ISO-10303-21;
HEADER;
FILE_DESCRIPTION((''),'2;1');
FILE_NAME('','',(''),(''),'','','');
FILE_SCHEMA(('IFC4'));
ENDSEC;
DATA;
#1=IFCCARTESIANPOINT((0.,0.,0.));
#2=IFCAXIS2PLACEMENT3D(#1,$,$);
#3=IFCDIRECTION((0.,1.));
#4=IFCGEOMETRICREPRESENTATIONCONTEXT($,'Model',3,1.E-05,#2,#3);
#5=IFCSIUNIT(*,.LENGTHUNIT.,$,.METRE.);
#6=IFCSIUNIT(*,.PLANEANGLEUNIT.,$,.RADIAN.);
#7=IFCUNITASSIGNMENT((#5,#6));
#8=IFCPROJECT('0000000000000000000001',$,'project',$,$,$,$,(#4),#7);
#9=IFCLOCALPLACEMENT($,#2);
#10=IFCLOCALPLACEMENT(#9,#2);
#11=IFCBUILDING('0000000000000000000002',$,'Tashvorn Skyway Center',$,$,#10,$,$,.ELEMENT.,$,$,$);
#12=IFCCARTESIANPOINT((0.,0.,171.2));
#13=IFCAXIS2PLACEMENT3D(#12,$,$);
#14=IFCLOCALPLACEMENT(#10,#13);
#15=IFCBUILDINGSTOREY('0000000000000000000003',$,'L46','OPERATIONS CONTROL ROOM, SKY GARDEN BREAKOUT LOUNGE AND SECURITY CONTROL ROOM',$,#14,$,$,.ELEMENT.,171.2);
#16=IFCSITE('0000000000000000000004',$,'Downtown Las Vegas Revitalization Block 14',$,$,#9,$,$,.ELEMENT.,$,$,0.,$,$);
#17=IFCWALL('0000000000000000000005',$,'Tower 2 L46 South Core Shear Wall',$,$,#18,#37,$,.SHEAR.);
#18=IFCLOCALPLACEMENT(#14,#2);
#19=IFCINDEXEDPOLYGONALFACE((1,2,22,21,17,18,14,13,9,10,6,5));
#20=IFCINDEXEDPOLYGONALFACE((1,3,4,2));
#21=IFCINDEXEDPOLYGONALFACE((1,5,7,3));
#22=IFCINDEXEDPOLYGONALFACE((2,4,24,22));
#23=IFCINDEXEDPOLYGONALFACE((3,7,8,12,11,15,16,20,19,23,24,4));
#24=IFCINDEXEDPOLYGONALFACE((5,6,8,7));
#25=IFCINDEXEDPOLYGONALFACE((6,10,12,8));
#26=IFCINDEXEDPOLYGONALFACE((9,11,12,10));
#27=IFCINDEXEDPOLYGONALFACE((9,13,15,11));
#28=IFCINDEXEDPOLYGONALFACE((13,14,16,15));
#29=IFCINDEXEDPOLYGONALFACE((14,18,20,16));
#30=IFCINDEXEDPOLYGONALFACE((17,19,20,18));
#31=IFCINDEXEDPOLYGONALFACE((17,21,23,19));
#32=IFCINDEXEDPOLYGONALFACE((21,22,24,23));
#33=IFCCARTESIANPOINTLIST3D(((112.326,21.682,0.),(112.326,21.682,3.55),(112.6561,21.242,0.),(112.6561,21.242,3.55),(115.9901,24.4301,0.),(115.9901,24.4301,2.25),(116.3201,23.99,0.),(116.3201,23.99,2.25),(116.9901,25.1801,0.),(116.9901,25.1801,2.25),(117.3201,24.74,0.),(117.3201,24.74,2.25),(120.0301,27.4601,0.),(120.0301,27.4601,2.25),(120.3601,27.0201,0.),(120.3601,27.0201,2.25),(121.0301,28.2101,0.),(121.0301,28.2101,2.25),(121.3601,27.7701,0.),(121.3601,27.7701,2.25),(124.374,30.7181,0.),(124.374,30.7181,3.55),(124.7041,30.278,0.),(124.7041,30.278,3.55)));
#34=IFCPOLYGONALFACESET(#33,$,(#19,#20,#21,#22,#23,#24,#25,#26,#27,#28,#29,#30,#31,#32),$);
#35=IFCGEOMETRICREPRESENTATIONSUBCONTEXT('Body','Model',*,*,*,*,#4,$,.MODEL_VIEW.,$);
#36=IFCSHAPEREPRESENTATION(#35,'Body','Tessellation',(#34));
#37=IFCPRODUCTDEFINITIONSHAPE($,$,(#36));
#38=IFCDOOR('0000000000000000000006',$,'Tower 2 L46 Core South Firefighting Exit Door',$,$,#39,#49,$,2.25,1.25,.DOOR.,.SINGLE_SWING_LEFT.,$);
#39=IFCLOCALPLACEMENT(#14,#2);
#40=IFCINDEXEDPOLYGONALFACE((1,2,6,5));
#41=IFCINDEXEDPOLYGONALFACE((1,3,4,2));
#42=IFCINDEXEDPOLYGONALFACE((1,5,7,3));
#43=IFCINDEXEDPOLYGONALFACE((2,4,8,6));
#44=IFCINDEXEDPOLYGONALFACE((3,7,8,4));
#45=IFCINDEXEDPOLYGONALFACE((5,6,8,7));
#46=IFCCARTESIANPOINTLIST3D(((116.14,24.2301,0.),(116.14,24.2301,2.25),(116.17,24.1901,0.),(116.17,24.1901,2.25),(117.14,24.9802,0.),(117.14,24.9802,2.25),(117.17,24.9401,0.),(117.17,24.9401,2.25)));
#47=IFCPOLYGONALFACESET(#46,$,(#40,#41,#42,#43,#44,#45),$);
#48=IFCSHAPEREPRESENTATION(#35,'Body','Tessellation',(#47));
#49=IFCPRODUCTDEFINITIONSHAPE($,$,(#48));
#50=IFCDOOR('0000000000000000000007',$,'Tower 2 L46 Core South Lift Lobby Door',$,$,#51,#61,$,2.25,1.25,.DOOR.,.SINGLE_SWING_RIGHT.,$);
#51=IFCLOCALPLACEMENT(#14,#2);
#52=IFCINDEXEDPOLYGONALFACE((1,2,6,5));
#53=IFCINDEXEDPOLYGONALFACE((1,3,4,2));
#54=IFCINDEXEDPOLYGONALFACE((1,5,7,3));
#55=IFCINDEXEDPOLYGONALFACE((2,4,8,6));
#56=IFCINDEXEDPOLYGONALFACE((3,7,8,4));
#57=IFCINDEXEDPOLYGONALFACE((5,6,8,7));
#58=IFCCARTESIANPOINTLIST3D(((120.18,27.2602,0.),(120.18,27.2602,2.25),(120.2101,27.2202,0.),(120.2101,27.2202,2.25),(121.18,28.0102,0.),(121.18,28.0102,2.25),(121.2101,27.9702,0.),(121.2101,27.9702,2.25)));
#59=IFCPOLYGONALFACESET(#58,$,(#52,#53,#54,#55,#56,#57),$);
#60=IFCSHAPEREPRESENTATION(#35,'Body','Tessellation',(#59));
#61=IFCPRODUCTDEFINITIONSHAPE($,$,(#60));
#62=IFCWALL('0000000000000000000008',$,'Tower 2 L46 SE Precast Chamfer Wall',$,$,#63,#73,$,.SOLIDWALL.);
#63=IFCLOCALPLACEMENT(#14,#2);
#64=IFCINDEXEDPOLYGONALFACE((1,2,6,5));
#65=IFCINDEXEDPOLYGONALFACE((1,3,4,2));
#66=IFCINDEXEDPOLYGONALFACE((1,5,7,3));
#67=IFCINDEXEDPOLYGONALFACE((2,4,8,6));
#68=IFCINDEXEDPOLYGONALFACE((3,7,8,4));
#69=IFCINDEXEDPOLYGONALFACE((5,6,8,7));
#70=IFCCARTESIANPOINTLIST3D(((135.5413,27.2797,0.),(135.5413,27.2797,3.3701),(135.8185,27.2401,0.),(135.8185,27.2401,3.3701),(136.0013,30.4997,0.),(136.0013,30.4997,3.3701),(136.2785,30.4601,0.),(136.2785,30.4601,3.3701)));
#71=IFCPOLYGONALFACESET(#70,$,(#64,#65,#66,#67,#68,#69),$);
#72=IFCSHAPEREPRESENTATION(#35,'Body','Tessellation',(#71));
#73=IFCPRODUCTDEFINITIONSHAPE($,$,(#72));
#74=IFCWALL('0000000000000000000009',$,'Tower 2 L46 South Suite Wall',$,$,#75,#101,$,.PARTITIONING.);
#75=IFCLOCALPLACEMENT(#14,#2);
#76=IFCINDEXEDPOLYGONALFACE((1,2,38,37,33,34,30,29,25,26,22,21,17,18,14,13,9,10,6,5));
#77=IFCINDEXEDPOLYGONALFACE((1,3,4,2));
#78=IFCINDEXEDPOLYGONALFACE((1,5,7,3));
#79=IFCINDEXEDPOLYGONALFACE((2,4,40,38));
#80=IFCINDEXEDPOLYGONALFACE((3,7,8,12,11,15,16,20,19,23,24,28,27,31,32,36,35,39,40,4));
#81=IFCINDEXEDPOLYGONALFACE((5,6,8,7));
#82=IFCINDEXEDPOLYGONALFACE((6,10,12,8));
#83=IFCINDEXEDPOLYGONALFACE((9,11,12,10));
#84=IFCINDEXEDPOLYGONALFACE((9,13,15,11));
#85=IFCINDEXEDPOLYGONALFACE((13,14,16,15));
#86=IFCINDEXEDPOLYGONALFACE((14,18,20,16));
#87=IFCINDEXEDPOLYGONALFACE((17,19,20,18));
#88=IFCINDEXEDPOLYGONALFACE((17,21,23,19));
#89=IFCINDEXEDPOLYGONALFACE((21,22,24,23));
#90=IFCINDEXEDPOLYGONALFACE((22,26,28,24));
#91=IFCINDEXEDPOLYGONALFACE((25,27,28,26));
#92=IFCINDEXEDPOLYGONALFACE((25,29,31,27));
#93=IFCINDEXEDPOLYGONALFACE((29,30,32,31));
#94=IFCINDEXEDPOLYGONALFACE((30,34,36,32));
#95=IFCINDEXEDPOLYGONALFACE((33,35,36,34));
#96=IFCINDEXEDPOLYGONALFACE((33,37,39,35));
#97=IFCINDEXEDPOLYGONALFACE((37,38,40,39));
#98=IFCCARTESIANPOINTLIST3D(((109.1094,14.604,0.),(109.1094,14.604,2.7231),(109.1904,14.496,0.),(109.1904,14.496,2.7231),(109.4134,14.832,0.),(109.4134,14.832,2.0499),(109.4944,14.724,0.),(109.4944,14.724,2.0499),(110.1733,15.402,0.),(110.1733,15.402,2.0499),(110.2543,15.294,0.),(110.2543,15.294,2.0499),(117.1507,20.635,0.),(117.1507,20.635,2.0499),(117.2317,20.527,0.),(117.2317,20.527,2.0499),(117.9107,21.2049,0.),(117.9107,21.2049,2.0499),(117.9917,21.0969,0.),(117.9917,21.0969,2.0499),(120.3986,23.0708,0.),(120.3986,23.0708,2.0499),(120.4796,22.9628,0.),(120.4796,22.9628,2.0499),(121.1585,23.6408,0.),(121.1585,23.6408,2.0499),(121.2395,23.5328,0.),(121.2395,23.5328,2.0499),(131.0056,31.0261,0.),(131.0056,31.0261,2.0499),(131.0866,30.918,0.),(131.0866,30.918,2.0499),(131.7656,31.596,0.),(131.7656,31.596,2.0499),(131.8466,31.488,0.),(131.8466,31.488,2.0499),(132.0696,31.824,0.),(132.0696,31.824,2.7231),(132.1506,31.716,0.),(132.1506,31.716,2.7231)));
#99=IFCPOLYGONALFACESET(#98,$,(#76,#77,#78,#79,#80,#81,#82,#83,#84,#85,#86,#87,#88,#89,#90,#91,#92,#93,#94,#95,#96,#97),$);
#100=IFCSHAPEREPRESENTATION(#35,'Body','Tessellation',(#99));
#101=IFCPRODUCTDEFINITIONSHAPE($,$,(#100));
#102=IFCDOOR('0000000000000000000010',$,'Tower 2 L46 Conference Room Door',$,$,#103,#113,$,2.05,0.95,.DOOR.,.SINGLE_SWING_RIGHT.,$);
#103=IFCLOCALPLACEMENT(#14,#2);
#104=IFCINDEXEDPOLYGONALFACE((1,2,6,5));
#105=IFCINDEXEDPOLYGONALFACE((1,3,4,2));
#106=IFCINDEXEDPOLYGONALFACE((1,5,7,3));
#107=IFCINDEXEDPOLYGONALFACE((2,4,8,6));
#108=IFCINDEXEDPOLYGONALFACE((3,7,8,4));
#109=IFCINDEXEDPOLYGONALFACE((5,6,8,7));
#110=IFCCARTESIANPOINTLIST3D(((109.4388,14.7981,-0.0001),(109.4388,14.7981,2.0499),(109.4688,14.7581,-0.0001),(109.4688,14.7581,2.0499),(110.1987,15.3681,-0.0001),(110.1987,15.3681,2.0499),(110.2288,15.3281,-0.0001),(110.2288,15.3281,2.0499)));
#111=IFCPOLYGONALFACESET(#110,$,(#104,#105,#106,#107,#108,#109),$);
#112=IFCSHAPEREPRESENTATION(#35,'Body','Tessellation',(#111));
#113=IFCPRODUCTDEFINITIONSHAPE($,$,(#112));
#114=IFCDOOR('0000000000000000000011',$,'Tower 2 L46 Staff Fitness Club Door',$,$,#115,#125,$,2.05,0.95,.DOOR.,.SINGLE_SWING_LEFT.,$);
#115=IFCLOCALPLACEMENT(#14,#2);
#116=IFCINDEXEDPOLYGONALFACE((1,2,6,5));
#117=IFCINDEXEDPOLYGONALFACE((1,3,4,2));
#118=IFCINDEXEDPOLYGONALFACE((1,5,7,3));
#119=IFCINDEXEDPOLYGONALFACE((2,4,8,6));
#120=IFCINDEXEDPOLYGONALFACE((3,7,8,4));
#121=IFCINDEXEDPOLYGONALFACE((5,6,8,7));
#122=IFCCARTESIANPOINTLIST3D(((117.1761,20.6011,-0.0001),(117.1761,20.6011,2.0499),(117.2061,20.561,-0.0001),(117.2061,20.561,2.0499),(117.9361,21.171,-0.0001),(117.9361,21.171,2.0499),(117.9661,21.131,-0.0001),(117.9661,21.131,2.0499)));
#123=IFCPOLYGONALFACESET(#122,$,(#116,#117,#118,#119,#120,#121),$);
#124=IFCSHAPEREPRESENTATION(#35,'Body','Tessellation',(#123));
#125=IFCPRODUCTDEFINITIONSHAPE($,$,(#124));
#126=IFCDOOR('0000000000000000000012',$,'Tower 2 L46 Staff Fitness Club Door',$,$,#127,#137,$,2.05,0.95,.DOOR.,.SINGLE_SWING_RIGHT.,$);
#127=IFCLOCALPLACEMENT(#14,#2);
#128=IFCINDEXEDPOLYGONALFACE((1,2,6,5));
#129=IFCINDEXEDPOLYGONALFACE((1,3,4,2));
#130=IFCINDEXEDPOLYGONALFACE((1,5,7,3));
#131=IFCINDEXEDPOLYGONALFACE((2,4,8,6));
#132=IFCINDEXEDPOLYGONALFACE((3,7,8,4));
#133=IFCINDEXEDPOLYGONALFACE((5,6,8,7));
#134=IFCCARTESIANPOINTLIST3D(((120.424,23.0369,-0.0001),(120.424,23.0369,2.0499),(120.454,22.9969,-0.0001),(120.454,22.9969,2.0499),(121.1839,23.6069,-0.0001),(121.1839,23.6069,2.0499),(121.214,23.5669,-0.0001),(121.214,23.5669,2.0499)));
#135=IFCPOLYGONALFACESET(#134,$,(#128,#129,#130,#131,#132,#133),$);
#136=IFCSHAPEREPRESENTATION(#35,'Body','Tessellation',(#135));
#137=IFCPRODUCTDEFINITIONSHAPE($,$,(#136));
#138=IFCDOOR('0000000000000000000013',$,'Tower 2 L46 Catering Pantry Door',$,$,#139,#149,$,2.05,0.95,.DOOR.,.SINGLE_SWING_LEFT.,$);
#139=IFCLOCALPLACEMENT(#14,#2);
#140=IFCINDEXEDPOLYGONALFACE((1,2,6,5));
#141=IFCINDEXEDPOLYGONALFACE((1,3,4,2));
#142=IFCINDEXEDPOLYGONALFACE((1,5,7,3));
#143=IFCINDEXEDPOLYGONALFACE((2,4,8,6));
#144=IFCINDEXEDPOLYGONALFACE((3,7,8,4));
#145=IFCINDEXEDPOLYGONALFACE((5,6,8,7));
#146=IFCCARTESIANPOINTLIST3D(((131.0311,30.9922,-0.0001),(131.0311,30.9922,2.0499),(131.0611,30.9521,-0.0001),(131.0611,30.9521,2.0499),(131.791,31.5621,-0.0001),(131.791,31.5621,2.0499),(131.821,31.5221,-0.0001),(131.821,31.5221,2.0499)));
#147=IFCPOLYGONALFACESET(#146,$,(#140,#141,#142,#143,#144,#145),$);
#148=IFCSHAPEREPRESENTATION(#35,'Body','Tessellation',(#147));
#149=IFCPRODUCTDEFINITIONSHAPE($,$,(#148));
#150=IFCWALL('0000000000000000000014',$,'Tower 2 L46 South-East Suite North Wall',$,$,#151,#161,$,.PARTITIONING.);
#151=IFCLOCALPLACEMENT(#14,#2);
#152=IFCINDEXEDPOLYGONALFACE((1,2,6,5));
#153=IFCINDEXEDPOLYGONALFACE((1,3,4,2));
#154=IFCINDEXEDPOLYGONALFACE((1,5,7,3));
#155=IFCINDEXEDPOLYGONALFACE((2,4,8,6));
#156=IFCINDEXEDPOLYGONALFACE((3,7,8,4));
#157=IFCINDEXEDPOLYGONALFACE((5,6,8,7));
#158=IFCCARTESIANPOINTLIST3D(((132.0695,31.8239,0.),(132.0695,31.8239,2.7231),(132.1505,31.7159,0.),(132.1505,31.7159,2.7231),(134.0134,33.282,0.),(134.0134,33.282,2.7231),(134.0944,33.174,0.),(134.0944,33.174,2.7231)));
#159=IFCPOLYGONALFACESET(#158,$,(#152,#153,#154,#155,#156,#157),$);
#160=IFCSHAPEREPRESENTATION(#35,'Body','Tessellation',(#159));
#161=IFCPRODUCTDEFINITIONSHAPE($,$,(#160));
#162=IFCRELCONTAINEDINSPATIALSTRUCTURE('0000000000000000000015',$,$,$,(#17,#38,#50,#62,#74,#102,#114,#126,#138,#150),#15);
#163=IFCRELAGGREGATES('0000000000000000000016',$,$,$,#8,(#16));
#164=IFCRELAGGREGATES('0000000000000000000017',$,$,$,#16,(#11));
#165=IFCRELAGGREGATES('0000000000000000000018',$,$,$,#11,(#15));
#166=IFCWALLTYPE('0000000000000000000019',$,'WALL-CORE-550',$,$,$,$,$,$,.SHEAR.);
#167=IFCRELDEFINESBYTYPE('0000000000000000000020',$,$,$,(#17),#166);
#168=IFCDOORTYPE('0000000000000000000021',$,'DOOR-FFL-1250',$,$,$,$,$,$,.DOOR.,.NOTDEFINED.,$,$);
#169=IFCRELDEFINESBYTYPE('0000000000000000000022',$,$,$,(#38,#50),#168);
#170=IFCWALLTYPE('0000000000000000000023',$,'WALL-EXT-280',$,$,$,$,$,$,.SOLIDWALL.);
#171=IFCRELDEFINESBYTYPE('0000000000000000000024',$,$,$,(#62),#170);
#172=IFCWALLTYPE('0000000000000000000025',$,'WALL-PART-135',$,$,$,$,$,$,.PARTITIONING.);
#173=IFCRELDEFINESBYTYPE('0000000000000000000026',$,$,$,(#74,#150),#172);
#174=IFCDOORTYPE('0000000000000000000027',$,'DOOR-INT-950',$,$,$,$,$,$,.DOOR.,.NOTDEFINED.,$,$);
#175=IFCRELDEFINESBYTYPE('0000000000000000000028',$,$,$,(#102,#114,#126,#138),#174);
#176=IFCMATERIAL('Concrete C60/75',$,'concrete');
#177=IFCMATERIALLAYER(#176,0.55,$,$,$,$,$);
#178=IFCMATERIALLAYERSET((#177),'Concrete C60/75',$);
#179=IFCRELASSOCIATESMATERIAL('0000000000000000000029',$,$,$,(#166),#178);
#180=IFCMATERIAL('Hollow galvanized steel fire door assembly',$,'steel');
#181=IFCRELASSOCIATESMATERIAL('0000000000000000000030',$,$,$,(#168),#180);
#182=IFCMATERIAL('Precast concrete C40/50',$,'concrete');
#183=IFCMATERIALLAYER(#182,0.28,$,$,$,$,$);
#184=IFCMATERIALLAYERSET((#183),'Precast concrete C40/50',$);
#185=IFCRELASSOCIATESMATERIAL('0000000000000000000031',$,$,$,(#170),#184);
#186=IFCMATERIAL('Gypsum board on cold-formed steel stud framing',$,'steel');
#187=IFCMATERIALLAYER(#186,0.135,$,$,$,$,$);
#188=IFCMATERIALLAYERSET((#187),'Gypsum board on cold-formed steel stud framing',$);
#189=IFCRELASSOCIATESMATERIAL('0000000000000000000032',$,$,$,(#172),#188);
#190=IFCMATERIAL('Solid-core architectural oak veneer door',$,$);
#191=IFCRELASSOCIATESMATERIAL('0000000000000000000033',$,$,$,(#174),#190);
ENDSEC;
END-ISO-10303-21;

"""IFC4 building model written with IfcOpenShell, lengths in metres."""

from ifc_helpers import new_model, si_unit, direction, frame, frame_2d, origin, place, context, subcontext, project, spatial, rectangle, extrude, material, layer, layer_set, type_object, element, fill, save


model = new_model("IFC4")

# Units and contexts
model_context = context("Model", 3, precision=1e-05, world=origin(), true_north=direction((0.0, 1.0)))
body_context = subcontext(model_context, "Body", "Model", "MODEL_VIEW")
ifc_project = project(units=[si_unit("LENGTHUNIT", "METRE"), si_unit("PLANEANGLEUNIT", "RADIAN")], contexts=[model_context])

# Site, building, storey
site_placement = place(None, origin())
site = spatial("IfcSite", under=ifc_project, at=site_placement, Name="Downtown Las Vegas Revitalization Block 14", CompositionType="ELEMENT", RefElevation=0.0)
building_placement = place(site_placement, origin())
building = spatial("IfcBuilding", under=site, at=building_placement, Name="Tashvorn Skyway Center", CompositionType="ELEMENT")
storey_placement = place(building_placement, frame((0.0, 0.0, 171.2)))
storey = spatial("IfcBuildingStorey", under=building, at=storey_placement, Name="L46", Description="OPERATIONS CONTROL ROOM, SKY GARDEN BREAKOUT LOUNGE AND SECURITY CONTROL ROOM", CompositionType="ELEMENT", Elevation=171.2)

# Wall, openings, doors
ifc_material_1 = material(Name="Concrete C60/75", Category="concrete")
ifc_layer_1 = layer(ifc_material_1, 0.55)
ifc_layer_set_1 = layer_set([ifc_layer_1], Name="Concrete C60/75")
wall_type_1 = type_object("IfcWallType", Name="WALL-CORE-550", PredefinedType="SHEAR", material=ifc_layer_set_1)
wall_1_placement = place(storey_placement, frame((124.5391, 30.498, 0.0), z_axis=(0.0, 0.0, 1.0), x_axis=(-0.799998, -0.600003, 0.0)))
wall_1 = element("IfcWall", 1, at=wall_1_placement, inside=storey, type_object=wall_type_1, Name="Tower 2 L46 South Core Shear Wall", PredefinedType="SHEAR", context=body_context, shape_type="SweptSolid", body=[
    extrude(rectangle(XDim=15.0601, YDim=0.55, at=frame_2d((7.53, 0.0))), origin(), (0.0, 0.0, 1.0), 3.55),
])
opening_1_placement = place(wall_1_placement, frame((9.23, 0.0, 0.0)))
opening_1 = element("IfcOpeningElement", 2, at=opening_1_placement, cuts=wall_1, PredefinedType="OPENING", context=body_context, shape_type="SweptSolid", body=[
    extrude(rectangle(XDim=1.25, YDim=2.25, at=frame_2d((0.625, 1.125))), frame((0.0, 0.2849, 0.0), z_axis=(0.0, -1.0, 0.0), x_axis=(1.0, 0.0, 0.0)), (0.0, 0.0, 1.0), 0.5701),
])
opening_2_placement = place(wall_1_placement, frame((4.1799, 0.0, 0.0)))
opening_2 = element("IfcOpeningElement", 3, at=opening_2_placement, cuts=wall_1, PredefinedType="OPENING", context=body_context, shape_type="SweptSolid", body=[
    extrude(rectangle(XDim=1.25, YDim=2.25, at=frame_2d((0.625, 1.125))), frame((0.0, 0.2849, 0.0), z_axis=(0.0, -1.0, 0.0), x_axis=(1.0, 0.0, 0.0)), (0.0, 0.0, 1.0), 0.5701),
])
ifc_material_2 = material(Name="Hollow galvanized steel fire door assembly", Category="steel")
door_type_1 = type_object("IfcDoorType", Name="DOOR-FFL-1250", OperationType="NOTDEFINED", PredefinedType="DOOR", material=ifc_material_2)
door_1_placement = place(opening_1_placement, origin())
door_1 = element("IfcDoor", 4, at=door_1_placement, inside=storey, type_object=door_type_1, Name="Tower 2 L46 Core South Firefighting Exit Door", OperationType="SINGLE_SWING_LEFT", OverallHeight=2.25, OverallWidth=1.25, PredefinedType="DOOR", context=body_context, shape_type="SweptSolid", body=[
    extrude(rectangle(XDim=1.25, YDim=2.25, at=frame_2d((0.625, 1.125))), frame((0.0, 0.0249, 0.0), z_axis=(0.0, -1.0, 0.0), x_axis=(1.0, 0.0, 0.0)), (0.0, 0.0, 1.0), 0.05),
])
fill(opening_1, door_1)
door_2_placement = place(opening_2_placement, origin())
door_2 = element("IfcDoor", 5, at=door_2_placement, inside=storey, type_object=door_type_1, Name="Tower 2 L46 Core South Lift Lobby Door", OperationType="SINGLE_SWING_RIGHT", OverallHeight=2.25, OverallWidth=1.25, PredefinedType="DOOR", context=body_context, shape_type="SweptSolid", body=[
    extrude(rectangle(XDim=1.25, YDim=2.25, at=frame_2d((0.625, 1.125))), frame((0.0, 0.0249, 0.0), z_axis=(0.0, -1.0, 0.0), x_axis=(1.0, 0.0, 0.0)), (0.0, 0.0, 1.0), 0.05),
])
fill(opening_2, door_2)

# Wall
ifc_material_3 = material(Name="Precast concrete C40/50", Category="concrete")
ifc_layer_2 = layer(ifc_material_3, 0.28)
ifc_layer_set_2 = layer_set([ifc_layer_2], Name="Precast concrete C40/50")
wall_type_2 = type_object("IfcWallType", Name="WALL-EXT-280", PredefinedType="SOLIDWALL", material=ifc_layer_set_2)
wall_2_placement = place(storey_placement, frame((136.1399, 30.48, 0.0), z_axis=(0.0, 0.0, 1.0), x_axis=(-0.141411, -0.989951, 0.0)))
element("IfcWall", 6, at=wall_2_placement, inside=storey, type_object=wall_type_2, Name="Tower 2 L46 SE Precast Chamfer Wall", PredefinedType="SOLIDWALL", context=body_context, shape_type="SweptSolid", body=[
    extrude(rectangle(XDim=3.2527, YDim=0.28, at=frame_2d((1.6265, 0.0))), origin(), (0.0, 0.0, 1.0), 3.3701),
])

# Wall, openings, doors
ifc_material_4 = material(Name="Gypsum board on cold-formed steel stud framing", Category="steel")
ifc_layer_3 = layer(ifc_material_4, 0.135)
ifc_layer_set_3 = layer_set([ifc_layer_3], Name="Gypsum board on cold-formed steel stud framing")
wall_type_3 = type_object("IfcWallType", Name="WALL-PART-135", PredefinedType="PARTITIONING", material=ifc_layer_set_3)
wall_3_placement = place(storey_placement, frame((132.1101, 31.77, 0.0), z_axis=(0.0, 0.0, 1.0), x_axis=(-0.800003, -0.599996, 0.0)))
wall_3 = element("IfcWall", 7, at=wall_3_placement, inside=storey, type_object=wall_type_3, Name="Tower 2 L46 South Suite Wall", PredefinedType="PARTITIONING", context=body_context, shape_type="SweptSolid", body=[
    extrude(rectangle(XDim=28.7002, YDim=0.135, at=frame_2d((14.3501, 0.0))), origin(), (0.0, 0.0, 1.0), 2.7231),
])
opening_3_placement = place(wall_3_placement, frame((27.3701, 0.0, 0.0)))
opening_3 = element("IfcOpeningElement", 8, at=opening_3_placement, cuts=wall_3, PredefinedType="OPENING", context=body_context, shape_type="SweptSolid", body=[
    extrude(rectangle(XDim=0.95, YDim=2.05, at=frame_2d((0.4751, 1.0249))), frame((0.0, 0.0774, 0.0), z_axis=(0.0, -1.0, 0.0), x_axis=(1.0, 0.0, 0.0)), (0.0, 0.0, 1.0), 0.155),
])
opening_4_placement = place(wall_3_placement, frame((17.6985, 0.0, 0.0)))
opening_4 = element("IfcOpeningElement", 9, at=opening_4_placement, cuts=wall_3, PredefinedType="OPENING", context=body_context, shape_type="SweptSolid", body=[
    extrude(rectangle(XDim=0.95, YDim=2.05, at=frame_2d((0.4751, 1.0249))), frame((0.0, 0.0774, 0.0), z_axis=(0.0, -1.0, 0.0), x_axis=(1.0, 0.0, 0.0)), (0.0, 0.0, 1.0), 0.155),
])
opening_5_placement = place(wall_3_placement, frame((13.6387, 0.0, 0.0)))
opening_5 = element("IfcOpeningElement", 10, at=opening_5_placement, cuts=wall_3, PredefinedType="OPENING", context=body_context, shape_type="SweptSolid", body=[
    extrude(rectangle(XDim=0.95, YDim=2.05, at=frame_2d((0.4751, 1.0249))), frame((0.0, 0.0774, 0.0), z_axis=(0.0, -1.0, 0.0), x_axis=(1.0, 0.0, 0.0)), (0.0, 0.0, 1.0), 0.155),
])
opening_6_placement = place(wall_3_placement, frame((0.3799, 0.0, 0.0)))
opening_6 = element("IfcOpeningElement", 11, at=opening_6_placement, cuts=wall_3, PredefinedType="OPENING", context=body_context, shape_type="SweptSolid", body=[
    extrude(rectangle(XDim=0.95, YDim=2.05, at=frame_2d((0.4751, 1.0249))), frame((0.0, 0.0774, 0.0), z_axis=(0.0, -1.0, 0.0), x_axis=(1.0, 0.0, 0.0)), (0.0, 0.0, 1.0), 0.155),
])
ifc_material_5 = material(Name="Solid-core architectural oak veneer door")
door_type_2 = type_object("IfcDoorType", Name="DOOR-INT-950", OperationType="NOTDEFINED", PredefinedType="DOOR", material=ifc_material_5)
door_3_placement = place(opening_3_placement, origin())
door_3 = element("IfcDoor", 12, at=door_3_placement, inside=storey, type_object=door_type_2, Name="Tower 2 L46 Conference Room Door", OperationType="SINGLE_SWING_RIGHT", OverallHeight=2.05, OverallWidth=0.95, PredefinedType="DOOR", context=body_context, shape_type="SweptSolid", body=[
    extrude(rectangle(XDim=0.95, YDim=2.05, at=frame_2d((0.4751, 1.0249))), frame((0.0, 0.0249, 0.0), z_axis=(0.0, -1.0, 0.0), x_axis=(1.0, 0.0, 0.0)), (0.0, 0.0, 1.0), 0.05),
])
fill(opening_3, door_3)
door_4_placement = place(opening_4_placement, origin())
door_4 = element("IfcDoor", 13, at=door_4_placement, inside=storey, type_object=door_type_2, Name="Tower 2 L46 Staff Fitness Club Door", OperationType="SINGLE_SWING_LEFT", OverallHeight=2.05, OverallWidth=0.95, PredefinedType="DOOR", context=body_context, shape_type="SweptSolid", body=[
    extrude(rectangle(XDim=0.95, YDim=2.05, at=frame_2d((0.4751, 1.0249))), frame((0.0, 0.0249, 0.0), z_axis=(0.0, -1.0, 0.0), x_axis=(1.0, 0.0, 0.0)), (0.0, 0.0, 1.0), 0.05),
])
fill(opening_4, door_4)
door_5_placement = place(opening_5_placement, origin())
door_5 = element("IfcDoor", 14, at=door_5_placement, inside=storey, type_object=door_type_2, Name="Tower 2 L46 Staff Fitness Club Door", OperationType="SINGLE_SWING_RIGHT", OverallHeight=2.05, OverallWidth=0.95, PredefinedType="DOOR", context=body_context, shape_type="SweptSolid", body=[
    extrude(rectangle(XDim=0.95, YDim=2.05, at=frame_2d((0.4751, 1.0249))), frame((0.0, 0.0249, 0.0), z_axis=(0.0, -1.0, 0.0), x_axis=(1.0, 0.0, 0.0)), (0.0, 0.0, 1.0), 0.05),
])
fill(opening_5, door_5)
door_6_placement = place(opening_6_placement, origin())
door_6 = element("IfcDoor", 15, at=door_6_placement, inside=storey, type_object=door_type_2, Name="Tower 2 L46 Catering Pantry Door", OperationType="SINGLE_SWING_LEFT", OverallHeight=2.05, OverallWidth=0.95, PredefinedType="DOOR", context=body_context, shape_type="SweptSolid", body=[
    extrude(rectangle(XDim=0.95, YDim=2.05, at=frame_2d((0.4751, 1.0249))), frame((0.0, 0.0249, 0.0), z_axis=(0.0, -1.0, 0.0), x_axis=(1.0, 0.0, 0.0)), (0.0, 0.0, 1.0), 0.05),
])
fill(opening_6, door_6)

# Wall
wall_4_placement = place(storey_placement, frame((132.1101, 31.77, 0.0), z_axis=(0.0, 0.0, 1.0), x_axis=(0.799976, 0.600032, 0.0)))
element("IfcWall", 16, at=wall_4_placement, inside=storey, type_object=wall_type_3, Name="Tower 2 L46 South-East Suite North Wall", PredefinedType="PARTITIONING", context=body_context, shape_type="SweptSolid", body=[
    extrude(rectangle(XDim=2.4299, YDim=0.135, at=frame_2d((1.2148, 0.0))), origin(), (0.0, 0.0, 1.0), 2.7231),
])

save(model, "model.ifc")
